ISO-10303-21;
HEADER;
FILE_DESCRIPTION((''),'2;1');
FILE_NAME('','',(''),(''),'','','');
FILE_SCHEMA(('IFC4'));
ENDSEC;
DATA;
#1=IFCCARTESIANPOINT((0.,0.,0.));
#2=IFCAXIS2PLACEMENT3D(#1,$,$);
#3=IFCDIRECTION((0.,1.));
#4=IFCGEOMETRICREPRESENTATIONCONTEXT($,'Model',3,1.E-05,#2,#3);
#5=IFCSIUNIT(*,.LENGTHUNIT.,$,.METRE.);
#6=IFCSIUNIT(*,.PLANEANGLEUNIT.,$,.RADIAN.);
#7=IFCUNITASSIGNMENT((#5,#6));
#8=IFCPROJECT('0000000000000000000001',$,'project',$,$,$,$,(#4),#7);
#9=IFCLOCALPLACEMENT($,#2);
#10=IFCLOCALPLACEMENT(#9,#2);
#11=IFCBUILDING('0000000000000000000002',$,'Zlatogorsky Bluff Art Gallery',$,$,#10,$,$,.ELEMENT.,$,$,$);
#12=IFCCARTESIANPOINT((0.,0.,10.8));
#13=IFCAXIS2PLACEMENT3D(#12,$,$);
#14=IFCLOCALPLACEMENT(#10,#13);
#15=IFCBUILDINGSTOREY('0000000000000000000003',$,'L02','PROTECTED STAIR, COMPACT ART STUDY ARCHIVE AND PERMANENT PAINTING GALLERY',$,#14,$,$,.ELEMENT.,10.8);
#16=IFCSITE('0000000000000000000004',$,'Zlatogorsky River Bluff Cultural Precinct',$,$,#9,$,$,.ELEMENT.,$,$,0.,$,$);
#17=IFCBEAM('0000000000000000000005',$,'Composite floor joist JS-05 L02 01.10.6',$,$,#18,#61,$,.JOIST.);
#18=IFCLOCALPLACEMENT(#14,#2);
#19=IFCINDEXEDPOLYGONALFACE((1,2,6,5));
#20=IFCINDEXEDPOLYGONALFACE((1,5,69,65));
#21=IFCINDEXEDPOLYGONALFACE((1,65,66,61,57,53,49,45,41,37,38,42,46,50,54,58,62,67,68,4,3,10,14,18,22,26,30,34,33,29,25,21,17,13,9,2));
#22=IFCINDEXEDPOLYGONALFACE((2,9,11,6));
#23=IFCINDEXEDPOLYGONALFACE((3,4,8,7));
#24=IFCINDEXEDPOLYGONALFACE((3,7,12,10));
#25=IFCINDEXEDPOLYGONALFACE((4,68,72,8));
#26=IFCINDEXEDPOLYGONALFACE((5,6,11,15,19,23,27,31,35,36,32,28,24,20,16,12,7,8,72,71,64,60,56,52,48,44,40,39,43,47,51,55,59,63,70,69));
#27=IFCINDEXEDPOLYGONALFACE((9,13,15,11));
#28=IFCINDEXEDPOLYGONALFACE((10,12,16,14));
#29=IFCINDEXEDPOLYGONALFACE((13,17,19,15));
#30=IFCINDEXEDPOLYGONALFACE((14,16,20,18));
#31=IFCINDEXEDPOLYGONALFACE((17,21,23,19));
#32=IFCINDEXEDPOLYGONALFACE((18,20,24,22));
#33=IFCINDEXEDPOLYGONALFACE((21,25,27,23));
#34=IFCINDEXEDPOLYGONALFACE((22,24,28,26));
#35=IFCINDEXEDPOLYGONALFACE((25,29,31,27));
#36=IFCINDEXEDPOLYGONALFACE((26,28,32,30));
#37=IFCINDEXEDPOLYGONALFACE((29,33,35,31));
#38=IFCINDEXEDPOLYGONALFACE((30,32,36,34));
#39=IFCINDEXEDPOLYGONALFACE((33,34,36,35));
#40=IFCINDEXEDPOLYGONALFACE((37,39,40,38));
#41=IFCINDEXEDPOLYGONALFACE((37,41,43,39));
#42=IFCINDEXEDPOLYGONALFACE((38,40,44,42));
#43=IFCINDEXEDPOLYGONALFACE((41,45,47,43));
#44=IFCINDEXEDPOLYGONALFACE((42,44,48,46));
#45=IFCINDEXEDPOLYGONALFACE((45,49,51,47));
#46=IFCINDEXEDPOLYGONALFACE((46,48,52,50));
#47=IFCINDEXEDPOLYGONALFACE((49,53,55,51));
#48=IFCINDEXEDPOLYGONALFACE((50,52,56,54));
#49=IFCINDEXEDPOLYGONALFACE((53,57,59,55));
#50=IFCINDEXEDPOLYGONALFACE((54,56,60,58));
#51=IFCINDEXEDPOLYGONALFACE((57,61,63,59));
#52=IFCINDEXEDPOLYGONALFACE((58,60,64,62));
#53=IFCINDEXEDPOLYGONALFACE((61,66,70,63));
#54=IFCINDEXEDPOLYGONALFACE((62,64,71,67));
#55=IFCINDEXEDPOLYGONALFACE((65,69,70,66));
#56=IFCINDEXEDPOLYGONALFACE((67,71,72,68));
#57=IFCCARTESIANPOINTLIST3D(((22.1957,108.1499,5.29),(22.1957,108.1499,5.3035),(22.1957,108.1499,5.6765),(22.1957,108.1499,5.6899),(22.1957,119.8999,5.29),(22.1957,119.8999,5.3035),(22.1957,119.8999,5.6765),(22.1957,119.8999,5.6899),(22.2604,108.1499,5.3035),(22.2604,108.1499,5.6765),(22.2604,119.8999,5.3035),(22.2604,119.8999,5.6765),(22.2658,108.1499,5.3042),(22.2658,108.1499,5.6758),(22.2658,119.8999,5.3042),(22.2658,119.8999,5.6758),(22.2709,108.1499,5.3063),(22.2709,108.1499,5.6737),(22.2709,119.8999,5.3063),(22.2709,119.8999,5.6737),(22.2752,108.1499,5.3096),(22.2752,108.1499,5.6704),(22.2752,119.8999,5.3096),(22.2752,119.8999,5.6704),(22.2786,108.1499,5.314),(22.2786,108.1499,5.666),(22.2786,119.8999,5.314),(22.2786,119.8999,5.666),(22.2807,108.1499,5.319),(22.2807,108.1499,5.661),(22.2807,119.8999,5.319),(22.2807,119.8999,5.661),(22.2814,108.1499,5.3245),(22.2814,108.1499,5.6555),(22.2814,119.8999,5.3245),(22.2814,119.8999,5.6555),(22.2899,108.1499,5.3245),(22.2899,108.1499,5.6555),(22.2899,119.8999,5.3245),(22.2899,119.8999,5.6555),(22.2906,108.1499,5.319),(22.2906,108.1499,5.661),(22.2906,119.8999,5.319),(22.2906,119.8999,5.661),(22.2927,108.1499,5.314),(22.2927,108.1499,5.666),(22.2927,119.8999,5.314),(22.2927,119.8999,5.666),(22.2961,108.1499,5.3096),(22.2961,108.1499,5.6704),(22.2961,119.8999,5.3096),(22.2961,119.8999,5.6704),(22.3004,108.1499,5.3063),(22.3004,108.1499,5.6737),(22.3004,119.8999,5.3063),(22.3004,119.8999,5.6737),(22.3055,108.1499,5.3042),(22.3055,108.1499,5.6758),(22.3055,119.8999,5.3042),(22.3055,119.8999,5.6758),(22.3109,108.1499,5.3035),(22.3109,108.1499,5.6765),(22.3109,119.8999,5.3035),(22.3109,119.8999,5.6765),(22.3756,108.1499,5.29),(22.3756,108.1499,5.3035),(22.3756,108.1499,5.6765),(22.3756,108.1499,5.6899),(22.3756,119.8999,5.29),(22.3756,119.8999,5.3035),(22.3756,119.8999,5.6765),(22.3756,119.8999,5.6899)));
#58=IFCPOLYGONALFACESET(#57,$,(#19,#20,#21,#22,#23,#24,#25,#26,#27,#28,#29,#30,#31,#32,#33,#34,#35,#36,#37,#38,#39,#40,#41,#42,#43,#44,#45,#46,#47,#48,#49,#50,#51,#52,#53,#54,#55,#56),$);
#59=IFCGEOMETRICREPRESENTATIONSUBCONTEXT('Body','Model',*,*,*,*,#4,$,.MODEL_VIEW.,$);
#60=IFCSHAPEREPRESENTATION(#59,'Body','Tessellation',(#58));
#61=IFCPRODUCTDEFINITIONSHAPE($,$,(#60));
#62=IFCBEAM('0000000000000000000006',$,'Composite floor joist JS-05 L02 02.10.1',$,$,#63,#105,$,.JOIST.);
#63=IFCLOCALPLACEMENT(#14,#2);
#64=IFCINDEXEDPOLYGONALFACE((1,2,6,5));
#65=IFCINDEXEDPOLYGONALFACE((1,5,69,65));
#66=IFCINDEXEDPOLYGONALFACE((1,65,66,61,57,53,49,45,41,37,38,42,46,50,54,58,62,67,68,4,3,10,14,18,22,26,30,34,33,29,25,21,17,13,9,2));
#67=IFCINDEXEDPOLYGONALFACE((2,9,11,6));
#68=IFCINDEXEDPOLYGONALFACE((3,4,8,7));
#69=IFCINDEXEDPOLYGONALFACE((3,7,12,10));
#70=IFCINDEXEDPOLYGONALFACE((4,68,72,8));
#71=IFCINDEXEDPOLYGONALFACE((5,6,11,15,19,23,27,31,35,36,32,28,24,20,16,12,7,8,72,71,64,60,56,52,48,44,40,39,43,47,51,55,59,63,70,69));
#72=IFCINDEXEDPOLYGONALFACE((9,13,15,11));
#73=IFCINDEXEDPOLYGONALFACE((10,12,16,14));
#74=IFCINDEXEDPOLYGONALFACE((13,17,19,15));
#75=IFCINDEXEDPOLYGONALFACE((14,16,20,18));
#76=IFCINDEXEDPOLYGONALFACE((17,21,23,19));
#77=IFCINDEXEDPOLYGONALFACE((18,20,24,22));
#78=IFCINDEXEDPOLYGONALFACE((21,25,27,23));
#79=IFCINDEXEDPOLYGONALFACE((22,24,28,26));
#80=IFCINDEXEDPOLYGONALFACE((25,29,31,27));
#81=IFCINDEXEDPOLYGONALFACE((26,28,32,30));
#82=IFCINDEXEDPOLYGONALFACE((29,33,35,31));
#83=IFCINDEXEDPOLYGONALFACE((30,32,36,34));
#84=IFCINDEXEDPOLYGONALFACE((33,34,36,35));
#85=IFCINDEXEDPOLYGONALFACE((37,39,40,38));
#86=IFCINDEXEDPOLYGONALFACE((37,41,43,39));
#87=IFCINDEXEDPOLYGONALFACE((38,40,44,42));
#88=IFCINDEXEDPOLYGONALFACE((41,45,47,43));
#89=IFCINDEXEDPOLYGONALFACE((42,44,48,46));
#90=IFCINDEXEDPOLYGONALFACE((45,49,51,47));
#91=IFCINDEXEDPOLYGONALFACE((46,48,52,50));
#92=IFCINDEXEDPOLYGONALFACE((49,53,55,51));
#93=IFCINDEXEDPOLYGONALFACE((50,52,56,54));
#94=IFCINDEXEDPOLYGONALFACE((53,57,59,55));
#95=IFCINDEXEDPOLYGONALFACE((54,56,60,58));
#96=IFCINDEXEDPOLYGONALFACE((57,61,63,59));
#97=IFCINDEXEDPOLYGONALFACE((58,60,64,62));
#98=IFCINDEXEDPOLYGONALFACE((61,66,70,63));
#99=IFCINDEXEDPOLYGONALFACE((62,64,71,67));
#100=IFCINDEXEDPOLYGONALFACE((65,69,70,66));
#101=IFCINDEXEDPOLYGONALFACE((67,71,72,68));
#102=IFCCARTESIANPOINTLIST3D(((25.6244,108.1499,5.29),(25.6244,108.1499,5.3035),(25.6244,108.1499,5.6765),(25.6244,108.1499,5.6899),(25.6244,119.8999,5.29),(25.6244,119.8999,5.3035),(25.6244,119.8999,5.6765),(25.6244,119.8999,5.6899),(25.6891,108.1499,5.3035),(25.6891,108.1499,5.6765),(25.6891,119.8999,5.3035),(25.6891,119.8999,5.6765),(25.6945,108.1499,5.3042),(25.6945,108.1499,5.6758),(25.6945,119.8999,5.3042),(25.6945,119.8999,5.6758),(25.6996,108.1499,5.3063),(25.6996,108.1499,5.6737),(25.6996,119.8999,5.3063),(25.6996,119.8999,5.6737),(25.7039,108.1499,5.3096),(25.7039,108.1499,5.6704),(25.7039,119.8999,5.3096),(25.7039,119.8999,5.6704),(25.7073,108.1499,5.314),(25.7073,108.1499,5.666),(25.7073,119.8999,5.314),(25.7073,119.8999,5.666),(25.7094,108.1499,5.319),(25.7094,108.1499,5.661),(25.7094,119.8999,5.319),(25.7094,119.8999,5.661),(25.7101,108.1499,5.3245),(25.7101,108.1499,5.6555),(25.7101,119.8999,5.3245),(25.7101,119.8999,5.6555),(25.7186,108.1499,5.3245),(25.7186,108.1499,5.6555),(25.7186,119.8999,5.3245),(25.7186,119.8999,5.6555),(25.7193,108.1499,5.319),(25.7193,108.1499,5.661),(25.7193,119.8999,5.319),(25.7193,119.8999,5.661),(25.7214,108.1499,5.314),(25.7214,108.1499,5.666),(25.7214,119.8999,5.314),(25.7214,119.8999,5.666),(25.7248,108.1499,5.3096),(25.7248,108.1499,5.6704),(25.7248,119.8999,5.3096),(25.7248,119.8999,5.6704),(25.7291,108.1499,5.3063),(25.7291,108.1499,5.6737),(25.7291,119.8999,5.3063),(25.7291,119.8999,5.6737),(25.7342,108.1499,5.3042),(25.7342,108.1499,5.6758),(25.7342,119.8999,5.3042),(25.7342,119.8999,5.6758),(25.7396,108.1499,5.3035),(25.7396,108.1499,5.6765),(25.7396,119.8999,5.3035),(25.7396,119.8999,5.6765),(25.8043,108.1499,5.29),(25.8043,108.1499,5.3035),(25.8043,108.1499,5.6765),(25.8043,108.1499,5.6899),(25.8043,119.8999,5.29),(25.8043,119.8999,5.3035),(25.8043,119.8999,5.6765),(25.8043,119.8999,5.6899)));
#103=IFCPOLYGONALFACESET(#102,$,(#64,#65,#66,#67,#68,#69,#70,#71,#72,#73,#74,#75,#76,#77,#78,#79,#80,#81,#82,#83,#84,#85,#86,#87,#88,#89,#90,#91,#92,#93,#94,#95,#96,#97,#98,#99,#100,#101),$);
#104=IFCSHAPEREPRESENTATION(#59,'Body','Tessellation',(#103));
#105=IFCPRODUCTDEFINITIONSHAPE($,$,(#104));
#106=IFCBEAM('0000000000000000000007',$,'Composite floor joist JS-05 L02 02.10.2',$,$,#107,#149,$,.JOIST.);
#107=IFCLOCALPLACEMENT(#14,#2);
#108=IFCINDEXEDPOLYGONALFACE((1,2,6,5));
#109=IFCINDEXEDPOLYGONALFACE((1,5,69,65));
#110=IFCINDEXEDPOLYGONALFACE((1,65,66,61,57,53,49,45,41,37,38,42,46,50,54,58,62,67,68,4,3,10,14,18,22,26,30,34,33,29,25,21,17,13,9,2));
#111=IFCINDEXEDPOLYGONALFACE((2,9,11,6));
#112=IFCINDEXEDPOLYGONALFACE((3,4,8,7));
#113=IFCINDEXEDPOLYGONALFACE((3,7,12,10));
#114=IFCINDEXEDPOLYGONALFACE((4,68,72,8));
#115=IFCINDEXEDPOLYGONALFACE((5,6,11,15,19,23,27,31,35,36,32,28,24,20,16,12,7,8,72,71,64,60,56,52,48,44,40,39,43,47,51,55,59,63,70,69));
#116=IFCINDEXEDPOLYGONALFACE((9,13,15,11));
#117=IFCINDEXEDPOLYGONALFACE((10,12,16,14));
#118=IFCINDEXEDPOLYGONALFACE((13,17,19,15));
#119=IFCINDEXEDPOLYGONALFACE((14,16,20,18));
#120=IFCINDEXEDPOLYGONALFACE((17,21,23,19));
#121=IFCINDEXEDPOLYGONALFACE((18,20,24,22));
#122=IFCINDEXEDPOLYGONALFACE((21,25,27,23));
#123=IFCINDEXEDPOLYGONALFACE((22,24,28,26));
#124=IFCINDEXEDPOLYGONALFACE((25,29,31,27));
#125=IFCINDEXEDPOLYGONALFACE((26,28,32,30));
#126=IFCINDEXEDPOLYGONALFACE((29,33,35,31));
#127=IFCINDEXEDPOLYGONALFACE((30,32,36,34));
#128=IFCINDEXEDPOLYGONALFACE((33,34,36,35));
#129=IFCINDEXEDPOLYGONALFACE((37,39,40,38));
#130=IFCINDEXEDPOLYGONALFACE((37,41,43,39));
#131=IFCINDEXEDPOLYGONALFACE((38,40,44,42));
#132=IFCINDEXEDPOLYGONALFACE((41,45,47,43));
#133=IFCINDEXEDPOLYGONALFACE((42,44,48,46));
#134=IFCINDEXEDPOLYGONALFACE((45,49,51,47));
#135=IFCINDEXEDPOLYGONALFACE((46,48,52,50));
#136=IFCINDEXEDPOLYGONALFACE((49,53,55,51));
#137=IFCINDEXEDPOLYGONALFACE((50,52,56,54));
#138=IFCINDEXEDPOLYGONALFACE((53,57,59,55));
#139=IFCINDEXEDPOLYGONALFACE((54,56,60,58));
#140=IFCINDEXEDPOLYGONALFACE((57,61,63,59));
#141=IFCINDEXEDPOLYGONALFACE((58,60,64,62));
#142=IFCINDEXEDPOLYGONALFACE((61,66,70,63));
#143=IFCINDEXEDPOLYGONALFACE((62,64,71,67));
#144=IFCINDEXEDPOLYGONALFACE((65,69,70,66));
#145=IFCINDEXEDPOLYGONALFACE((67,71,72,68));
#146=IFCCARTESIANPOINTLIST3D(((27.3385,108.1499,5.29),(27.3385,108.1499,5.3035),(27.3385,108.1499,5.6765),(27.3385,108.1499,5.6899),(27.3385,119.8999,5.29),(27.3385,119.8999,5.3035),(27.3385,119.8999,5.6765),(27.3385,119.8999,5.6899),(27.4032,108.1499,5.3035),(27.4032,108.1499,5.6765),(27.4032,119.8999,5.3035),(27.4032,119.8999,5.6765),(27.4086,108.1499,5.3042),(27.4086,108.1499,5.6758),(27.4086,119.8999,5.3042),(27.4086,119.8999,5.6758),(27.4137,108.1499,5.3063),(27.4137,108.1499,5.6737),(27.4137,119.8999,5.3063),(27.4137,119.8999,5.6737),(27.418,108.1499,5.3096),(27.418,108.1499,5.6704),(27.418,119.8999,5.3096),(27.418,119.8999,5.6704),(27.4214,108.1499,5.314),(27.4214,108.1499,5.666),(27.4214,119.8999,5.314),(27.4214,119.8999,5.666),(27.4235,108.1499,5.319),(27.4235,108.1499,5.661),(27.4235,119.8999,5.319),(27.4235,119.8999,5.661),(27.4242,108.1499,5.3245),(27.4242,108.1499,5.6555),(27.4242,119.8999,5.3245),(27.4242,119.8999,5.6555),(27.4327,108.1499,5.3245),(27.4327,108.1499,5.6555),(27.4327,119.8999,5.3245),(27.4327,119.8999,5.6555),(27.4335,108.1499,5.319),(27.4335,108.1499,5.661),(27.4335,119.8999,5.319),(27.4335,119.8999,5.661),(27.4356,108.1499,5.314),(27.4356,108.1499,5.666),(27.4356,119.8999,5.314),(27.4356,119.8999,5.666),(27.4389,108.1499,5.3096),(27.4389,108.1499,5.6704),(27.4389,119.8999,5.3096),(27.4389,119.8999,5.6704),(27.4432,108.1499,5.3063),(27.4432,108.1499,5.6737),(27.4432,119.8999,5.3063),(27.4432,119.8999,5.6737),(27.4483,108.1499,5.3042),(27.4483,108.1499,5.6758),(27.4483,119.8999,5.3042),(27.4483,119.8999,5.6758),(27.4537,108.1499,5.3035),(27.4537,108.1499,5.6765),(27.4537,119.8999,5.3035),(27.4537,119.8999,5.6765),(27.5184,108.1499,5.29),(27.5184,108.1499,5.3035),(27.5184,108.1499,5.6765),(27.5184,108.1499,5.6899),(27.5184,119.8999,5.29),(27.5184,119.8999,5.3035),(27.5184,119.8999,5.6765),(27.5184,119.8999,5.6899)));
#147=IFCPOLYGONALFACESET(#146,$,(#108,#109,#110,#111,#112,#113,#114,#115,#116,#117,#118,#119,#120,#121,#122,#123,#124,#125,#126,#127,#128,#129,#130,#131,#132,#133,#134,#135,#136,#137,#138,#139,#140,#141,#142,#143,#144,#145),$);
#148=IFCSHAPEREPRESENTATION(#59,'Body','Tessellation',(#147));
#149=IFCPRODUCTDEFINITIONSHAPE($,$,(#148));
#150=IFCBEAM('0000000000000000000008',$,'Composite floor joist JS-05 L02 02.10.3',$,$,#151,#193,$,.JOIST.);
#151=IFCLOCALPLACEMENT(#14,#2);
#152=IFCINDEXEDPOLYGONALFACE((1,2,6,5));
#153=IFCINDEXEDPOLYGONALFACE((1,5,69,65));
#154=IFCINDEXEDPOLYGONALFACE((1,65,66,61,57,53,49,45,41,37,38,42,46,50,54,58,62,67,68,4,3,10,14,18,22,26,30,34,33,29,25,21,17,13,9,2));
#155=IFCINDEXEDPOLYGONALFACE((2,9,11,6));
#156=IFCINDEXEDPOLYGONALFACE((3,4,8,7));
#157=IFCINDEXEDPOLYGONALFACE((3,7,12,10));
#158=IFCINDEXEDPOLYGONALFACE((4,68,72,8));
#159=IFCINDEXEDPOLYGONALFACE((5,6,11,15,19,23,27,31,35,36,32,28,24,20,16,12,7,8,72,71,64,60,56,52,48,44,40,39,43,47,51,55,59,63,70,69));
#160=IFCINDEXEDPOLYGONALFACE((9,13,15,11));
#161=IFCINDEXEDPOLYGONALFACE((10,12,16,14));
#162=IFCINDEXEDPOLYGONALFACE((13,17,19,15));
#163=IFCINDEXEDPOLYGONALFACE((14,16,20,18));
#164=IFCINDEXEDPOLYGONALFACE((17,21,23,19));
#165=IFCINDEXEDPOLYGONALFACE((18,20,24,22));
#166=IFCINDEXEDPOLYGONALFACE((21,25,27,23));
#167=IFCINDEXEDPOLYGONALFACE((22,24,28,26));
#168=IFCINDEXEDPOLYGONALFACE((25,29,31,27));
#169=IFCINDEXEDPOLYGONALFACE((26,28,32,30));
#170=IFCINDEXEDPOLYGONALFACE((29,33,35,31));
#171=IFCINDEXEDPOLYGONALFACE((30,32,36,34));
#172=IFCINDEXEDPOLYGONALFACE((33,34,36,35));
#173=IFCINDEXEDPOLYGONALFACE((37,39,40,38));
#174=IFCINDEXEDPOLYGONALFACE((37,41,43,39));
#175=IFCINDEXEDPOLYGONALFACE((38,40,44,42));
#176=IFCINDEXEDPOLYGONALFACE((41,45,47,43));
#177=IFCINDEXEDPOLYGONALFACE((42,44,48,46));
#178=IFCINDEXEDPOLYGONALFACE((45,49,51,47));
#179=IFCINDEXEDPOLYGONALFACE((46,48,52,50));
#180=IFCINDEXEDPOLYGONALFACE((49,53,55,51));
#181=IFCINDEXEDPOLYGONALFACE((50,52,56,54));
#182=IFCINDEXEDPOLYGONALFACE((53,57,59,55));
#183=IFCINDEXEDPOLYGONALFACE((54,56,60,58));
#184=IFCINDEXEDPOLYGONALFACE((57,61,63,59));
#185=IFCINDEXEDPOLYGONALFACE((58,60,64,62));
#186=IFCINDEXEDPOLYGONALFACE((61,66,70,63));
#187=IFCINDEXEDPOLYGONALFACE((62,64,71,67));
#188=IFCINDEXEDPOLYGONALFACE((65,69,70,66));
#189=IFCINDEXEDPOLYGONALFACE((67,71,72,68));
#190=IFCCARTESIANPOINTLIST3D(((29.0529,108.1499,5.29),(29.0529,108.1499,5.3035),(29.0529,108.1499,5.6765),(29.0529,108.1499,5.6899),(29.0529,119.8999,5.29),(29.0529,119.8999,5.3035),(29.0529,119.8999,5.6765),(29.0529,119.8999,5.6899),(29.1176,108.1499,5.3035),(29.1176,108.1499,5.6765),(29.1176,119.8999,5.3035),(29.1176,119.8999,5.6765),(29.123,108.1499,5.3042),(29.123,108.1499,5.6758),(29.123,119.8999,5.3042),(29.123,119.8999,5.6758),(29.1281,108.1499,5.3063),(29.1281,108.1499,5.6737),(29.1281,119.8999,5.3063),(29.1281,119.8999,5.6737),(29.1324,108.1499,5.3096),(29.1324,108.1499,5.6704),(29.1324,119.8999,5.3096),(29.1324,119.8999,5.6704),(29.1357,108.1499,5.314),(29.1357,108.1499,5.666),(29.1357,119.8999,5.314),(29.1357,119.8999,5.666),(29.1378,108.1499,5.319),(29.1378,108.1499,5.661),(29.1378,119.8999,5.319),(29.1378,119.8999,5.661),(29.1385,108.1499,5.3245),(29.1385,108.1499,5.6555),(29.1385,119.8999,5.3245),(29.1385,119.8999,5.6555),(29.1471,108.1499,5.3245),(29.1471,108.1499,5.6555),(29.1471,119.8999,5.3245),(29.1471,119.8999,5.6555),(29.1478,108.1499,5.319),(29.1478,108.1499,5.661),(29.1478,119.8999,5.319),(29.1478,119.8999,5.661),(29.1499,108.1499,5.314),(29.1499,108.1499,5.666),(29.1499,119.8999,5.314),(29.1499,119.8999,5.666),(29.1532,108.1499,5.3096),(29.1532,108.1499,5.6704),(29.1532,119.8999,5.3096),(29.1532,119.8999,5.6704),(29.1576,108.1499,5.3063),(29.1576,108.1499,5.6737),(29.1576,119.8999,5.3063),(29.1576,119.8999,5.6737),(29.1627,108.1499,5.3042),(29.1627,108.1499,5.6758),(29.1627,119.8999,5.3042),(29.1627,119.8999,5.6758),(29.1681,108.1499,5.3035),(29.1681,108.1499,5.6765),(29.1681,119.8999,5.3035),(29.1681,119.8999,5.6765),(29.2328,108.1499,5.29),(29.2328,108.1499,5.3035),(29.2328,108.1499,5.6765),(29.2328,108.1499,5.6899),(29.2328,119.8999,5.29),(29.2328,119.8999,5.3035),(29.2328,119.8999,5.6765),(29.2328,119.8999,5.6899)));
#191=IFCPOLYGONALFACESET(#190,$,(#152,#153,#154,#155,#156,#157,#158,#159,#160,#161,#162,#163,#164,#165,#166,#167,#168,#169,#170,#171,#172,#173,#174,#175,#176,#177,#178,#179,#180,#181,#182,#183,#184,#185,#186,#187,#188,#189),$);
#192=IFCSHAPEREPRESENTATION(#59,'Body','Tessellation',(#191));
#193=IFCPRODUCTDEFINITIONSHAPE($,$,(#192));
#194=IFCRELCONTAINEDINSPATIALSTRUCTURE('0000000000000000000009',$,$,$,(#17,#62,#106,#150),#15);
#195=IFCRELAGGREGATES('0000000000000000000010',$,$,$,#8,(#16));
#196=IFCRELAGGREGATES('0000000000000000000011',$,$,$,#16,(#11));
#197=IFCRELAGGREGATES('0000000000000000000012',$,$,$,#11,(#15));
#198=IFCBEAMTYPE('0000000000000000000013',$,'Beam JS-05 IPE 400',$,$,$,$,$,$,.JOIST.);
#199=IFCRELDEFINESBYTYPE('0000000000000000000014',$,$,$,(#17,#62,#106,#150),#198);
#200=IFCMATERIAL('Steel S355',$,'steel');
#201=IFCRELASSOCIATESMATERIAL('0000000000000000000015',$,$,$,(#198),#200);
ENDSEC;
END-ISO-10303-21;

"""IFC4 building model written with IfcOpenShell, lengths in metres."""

from ifc_helpers import new_model, si_unit, direction, frame, origin, origin_2d, place, context, subcontext, project, spatial, i_section, extrude, material, material_profile, profile_set, type_object, element, save


model = new_model("IFC4")

# Units and contexts
model_context = context("Model", 3, precision=1e-05, world=origin(), true_north=direction((0.0, 1.0)))
body_context = subcontext(model_context, "Body", "Model", "MODEL_VIEW")
ifc_project = project(units=[si_unit("LENGTHUNIT", "METRE"), si_unit("PLANEANGLEUNIT", "RADIAN")], contexts=[model_context])

# Site, building, storey
site_placement = place(None, origin())
site = spatial("IfcSite", under=ifc_project, at=site_placement, Name="Zlatogorsky River Bluff Cultural Precinct", CompositionType="ELEMENT", RefElevation=0.0)
building_placement = place(site_placement, origin())
building = spatial("IfcBuilding", under=site, at=building_placement, Name="Zlatogorsky Bluff Art Gallery", CompositionType="ELEMENT")
storey_placement = place(building_placement, frame((0.0, 0.0, 10.8)))
storey = spatial("IfcBuildingStorey", under=building, at=storey_placement, Name="L02", Description="PROTECTED STAIR, COMPACT ART STUDY ARCHIVE AND PERMANENT PAINTING GALLERY", CompositionType="ELEMENT", Elevation=10.8)

# Beams
ifc_material_1 = material(Name="Steel S355", Category="steel")
ifc_material_profile_1 = material_profile(ifc_material_1, i_section(OverallWidth=0.1799, OverallDepth=0.3999, WebThickness=0.0085, FlangeThickness=0.0134, FilletRadius=0.021, at=origin_2d()), Name="IPE 400")
ifc_profile_set_1 = profile_set([ifc_material_profile_1], Name="Steel S355")
beam_type_1 = type_object("IfcBeamType", Name="Beam JS-05 IPE 400", PredefinedType="JOIST", material=ifc_profile_set_1)
for number, where, z_axis, x_axis, name in (
    (1, (22.2856, 108.1499, 5.49), (0.0, 1.0, 0.0), (-1.0, 0.0, 0.0), "Composite floor joist JS-05 L02 01.10.6"),
    (2, (25.7144, 108.1499, 5.49), (0.0, 1.0, 0.0), (-1.0, 0.0, 0.0), "Composite floor joist JS-05 L02 02.10.1"),
    (3, (27.4285, 108.1499, 5.49), (0.0, 1.0, 0.0), (-1.0, 0.0, 0.0), "Composite floor joist JS-05 L02 02.10.2"),
    (4, (29.1428, 108.1499, 5.49), (0.0, 1.0, 0.0), (-1.0, 0.0, 0.0), "Composite floor joist JS-05 L02 02.10.3"),
):
    element("IfcBeam", number, at=place(storey_placement, frame(where, z_axis=z_axis, x_axis=x_axis)), inside=storey, type_object=beam_type_1, Name=name, PredefinedType="JOIST", context=body_context, shape_type="SweptSolid", body=[
        extrude(i_section(OverallWidth=0.1799, OverallDepth=0.3999, WebThickness=0.0085, FlangeThickness=0.0134, FilletRadius=0.021, at=origin_2d()), origin(), (0.0, 0.0, 1.0), 11.75),
    ])

save(model, "model.ifc")
